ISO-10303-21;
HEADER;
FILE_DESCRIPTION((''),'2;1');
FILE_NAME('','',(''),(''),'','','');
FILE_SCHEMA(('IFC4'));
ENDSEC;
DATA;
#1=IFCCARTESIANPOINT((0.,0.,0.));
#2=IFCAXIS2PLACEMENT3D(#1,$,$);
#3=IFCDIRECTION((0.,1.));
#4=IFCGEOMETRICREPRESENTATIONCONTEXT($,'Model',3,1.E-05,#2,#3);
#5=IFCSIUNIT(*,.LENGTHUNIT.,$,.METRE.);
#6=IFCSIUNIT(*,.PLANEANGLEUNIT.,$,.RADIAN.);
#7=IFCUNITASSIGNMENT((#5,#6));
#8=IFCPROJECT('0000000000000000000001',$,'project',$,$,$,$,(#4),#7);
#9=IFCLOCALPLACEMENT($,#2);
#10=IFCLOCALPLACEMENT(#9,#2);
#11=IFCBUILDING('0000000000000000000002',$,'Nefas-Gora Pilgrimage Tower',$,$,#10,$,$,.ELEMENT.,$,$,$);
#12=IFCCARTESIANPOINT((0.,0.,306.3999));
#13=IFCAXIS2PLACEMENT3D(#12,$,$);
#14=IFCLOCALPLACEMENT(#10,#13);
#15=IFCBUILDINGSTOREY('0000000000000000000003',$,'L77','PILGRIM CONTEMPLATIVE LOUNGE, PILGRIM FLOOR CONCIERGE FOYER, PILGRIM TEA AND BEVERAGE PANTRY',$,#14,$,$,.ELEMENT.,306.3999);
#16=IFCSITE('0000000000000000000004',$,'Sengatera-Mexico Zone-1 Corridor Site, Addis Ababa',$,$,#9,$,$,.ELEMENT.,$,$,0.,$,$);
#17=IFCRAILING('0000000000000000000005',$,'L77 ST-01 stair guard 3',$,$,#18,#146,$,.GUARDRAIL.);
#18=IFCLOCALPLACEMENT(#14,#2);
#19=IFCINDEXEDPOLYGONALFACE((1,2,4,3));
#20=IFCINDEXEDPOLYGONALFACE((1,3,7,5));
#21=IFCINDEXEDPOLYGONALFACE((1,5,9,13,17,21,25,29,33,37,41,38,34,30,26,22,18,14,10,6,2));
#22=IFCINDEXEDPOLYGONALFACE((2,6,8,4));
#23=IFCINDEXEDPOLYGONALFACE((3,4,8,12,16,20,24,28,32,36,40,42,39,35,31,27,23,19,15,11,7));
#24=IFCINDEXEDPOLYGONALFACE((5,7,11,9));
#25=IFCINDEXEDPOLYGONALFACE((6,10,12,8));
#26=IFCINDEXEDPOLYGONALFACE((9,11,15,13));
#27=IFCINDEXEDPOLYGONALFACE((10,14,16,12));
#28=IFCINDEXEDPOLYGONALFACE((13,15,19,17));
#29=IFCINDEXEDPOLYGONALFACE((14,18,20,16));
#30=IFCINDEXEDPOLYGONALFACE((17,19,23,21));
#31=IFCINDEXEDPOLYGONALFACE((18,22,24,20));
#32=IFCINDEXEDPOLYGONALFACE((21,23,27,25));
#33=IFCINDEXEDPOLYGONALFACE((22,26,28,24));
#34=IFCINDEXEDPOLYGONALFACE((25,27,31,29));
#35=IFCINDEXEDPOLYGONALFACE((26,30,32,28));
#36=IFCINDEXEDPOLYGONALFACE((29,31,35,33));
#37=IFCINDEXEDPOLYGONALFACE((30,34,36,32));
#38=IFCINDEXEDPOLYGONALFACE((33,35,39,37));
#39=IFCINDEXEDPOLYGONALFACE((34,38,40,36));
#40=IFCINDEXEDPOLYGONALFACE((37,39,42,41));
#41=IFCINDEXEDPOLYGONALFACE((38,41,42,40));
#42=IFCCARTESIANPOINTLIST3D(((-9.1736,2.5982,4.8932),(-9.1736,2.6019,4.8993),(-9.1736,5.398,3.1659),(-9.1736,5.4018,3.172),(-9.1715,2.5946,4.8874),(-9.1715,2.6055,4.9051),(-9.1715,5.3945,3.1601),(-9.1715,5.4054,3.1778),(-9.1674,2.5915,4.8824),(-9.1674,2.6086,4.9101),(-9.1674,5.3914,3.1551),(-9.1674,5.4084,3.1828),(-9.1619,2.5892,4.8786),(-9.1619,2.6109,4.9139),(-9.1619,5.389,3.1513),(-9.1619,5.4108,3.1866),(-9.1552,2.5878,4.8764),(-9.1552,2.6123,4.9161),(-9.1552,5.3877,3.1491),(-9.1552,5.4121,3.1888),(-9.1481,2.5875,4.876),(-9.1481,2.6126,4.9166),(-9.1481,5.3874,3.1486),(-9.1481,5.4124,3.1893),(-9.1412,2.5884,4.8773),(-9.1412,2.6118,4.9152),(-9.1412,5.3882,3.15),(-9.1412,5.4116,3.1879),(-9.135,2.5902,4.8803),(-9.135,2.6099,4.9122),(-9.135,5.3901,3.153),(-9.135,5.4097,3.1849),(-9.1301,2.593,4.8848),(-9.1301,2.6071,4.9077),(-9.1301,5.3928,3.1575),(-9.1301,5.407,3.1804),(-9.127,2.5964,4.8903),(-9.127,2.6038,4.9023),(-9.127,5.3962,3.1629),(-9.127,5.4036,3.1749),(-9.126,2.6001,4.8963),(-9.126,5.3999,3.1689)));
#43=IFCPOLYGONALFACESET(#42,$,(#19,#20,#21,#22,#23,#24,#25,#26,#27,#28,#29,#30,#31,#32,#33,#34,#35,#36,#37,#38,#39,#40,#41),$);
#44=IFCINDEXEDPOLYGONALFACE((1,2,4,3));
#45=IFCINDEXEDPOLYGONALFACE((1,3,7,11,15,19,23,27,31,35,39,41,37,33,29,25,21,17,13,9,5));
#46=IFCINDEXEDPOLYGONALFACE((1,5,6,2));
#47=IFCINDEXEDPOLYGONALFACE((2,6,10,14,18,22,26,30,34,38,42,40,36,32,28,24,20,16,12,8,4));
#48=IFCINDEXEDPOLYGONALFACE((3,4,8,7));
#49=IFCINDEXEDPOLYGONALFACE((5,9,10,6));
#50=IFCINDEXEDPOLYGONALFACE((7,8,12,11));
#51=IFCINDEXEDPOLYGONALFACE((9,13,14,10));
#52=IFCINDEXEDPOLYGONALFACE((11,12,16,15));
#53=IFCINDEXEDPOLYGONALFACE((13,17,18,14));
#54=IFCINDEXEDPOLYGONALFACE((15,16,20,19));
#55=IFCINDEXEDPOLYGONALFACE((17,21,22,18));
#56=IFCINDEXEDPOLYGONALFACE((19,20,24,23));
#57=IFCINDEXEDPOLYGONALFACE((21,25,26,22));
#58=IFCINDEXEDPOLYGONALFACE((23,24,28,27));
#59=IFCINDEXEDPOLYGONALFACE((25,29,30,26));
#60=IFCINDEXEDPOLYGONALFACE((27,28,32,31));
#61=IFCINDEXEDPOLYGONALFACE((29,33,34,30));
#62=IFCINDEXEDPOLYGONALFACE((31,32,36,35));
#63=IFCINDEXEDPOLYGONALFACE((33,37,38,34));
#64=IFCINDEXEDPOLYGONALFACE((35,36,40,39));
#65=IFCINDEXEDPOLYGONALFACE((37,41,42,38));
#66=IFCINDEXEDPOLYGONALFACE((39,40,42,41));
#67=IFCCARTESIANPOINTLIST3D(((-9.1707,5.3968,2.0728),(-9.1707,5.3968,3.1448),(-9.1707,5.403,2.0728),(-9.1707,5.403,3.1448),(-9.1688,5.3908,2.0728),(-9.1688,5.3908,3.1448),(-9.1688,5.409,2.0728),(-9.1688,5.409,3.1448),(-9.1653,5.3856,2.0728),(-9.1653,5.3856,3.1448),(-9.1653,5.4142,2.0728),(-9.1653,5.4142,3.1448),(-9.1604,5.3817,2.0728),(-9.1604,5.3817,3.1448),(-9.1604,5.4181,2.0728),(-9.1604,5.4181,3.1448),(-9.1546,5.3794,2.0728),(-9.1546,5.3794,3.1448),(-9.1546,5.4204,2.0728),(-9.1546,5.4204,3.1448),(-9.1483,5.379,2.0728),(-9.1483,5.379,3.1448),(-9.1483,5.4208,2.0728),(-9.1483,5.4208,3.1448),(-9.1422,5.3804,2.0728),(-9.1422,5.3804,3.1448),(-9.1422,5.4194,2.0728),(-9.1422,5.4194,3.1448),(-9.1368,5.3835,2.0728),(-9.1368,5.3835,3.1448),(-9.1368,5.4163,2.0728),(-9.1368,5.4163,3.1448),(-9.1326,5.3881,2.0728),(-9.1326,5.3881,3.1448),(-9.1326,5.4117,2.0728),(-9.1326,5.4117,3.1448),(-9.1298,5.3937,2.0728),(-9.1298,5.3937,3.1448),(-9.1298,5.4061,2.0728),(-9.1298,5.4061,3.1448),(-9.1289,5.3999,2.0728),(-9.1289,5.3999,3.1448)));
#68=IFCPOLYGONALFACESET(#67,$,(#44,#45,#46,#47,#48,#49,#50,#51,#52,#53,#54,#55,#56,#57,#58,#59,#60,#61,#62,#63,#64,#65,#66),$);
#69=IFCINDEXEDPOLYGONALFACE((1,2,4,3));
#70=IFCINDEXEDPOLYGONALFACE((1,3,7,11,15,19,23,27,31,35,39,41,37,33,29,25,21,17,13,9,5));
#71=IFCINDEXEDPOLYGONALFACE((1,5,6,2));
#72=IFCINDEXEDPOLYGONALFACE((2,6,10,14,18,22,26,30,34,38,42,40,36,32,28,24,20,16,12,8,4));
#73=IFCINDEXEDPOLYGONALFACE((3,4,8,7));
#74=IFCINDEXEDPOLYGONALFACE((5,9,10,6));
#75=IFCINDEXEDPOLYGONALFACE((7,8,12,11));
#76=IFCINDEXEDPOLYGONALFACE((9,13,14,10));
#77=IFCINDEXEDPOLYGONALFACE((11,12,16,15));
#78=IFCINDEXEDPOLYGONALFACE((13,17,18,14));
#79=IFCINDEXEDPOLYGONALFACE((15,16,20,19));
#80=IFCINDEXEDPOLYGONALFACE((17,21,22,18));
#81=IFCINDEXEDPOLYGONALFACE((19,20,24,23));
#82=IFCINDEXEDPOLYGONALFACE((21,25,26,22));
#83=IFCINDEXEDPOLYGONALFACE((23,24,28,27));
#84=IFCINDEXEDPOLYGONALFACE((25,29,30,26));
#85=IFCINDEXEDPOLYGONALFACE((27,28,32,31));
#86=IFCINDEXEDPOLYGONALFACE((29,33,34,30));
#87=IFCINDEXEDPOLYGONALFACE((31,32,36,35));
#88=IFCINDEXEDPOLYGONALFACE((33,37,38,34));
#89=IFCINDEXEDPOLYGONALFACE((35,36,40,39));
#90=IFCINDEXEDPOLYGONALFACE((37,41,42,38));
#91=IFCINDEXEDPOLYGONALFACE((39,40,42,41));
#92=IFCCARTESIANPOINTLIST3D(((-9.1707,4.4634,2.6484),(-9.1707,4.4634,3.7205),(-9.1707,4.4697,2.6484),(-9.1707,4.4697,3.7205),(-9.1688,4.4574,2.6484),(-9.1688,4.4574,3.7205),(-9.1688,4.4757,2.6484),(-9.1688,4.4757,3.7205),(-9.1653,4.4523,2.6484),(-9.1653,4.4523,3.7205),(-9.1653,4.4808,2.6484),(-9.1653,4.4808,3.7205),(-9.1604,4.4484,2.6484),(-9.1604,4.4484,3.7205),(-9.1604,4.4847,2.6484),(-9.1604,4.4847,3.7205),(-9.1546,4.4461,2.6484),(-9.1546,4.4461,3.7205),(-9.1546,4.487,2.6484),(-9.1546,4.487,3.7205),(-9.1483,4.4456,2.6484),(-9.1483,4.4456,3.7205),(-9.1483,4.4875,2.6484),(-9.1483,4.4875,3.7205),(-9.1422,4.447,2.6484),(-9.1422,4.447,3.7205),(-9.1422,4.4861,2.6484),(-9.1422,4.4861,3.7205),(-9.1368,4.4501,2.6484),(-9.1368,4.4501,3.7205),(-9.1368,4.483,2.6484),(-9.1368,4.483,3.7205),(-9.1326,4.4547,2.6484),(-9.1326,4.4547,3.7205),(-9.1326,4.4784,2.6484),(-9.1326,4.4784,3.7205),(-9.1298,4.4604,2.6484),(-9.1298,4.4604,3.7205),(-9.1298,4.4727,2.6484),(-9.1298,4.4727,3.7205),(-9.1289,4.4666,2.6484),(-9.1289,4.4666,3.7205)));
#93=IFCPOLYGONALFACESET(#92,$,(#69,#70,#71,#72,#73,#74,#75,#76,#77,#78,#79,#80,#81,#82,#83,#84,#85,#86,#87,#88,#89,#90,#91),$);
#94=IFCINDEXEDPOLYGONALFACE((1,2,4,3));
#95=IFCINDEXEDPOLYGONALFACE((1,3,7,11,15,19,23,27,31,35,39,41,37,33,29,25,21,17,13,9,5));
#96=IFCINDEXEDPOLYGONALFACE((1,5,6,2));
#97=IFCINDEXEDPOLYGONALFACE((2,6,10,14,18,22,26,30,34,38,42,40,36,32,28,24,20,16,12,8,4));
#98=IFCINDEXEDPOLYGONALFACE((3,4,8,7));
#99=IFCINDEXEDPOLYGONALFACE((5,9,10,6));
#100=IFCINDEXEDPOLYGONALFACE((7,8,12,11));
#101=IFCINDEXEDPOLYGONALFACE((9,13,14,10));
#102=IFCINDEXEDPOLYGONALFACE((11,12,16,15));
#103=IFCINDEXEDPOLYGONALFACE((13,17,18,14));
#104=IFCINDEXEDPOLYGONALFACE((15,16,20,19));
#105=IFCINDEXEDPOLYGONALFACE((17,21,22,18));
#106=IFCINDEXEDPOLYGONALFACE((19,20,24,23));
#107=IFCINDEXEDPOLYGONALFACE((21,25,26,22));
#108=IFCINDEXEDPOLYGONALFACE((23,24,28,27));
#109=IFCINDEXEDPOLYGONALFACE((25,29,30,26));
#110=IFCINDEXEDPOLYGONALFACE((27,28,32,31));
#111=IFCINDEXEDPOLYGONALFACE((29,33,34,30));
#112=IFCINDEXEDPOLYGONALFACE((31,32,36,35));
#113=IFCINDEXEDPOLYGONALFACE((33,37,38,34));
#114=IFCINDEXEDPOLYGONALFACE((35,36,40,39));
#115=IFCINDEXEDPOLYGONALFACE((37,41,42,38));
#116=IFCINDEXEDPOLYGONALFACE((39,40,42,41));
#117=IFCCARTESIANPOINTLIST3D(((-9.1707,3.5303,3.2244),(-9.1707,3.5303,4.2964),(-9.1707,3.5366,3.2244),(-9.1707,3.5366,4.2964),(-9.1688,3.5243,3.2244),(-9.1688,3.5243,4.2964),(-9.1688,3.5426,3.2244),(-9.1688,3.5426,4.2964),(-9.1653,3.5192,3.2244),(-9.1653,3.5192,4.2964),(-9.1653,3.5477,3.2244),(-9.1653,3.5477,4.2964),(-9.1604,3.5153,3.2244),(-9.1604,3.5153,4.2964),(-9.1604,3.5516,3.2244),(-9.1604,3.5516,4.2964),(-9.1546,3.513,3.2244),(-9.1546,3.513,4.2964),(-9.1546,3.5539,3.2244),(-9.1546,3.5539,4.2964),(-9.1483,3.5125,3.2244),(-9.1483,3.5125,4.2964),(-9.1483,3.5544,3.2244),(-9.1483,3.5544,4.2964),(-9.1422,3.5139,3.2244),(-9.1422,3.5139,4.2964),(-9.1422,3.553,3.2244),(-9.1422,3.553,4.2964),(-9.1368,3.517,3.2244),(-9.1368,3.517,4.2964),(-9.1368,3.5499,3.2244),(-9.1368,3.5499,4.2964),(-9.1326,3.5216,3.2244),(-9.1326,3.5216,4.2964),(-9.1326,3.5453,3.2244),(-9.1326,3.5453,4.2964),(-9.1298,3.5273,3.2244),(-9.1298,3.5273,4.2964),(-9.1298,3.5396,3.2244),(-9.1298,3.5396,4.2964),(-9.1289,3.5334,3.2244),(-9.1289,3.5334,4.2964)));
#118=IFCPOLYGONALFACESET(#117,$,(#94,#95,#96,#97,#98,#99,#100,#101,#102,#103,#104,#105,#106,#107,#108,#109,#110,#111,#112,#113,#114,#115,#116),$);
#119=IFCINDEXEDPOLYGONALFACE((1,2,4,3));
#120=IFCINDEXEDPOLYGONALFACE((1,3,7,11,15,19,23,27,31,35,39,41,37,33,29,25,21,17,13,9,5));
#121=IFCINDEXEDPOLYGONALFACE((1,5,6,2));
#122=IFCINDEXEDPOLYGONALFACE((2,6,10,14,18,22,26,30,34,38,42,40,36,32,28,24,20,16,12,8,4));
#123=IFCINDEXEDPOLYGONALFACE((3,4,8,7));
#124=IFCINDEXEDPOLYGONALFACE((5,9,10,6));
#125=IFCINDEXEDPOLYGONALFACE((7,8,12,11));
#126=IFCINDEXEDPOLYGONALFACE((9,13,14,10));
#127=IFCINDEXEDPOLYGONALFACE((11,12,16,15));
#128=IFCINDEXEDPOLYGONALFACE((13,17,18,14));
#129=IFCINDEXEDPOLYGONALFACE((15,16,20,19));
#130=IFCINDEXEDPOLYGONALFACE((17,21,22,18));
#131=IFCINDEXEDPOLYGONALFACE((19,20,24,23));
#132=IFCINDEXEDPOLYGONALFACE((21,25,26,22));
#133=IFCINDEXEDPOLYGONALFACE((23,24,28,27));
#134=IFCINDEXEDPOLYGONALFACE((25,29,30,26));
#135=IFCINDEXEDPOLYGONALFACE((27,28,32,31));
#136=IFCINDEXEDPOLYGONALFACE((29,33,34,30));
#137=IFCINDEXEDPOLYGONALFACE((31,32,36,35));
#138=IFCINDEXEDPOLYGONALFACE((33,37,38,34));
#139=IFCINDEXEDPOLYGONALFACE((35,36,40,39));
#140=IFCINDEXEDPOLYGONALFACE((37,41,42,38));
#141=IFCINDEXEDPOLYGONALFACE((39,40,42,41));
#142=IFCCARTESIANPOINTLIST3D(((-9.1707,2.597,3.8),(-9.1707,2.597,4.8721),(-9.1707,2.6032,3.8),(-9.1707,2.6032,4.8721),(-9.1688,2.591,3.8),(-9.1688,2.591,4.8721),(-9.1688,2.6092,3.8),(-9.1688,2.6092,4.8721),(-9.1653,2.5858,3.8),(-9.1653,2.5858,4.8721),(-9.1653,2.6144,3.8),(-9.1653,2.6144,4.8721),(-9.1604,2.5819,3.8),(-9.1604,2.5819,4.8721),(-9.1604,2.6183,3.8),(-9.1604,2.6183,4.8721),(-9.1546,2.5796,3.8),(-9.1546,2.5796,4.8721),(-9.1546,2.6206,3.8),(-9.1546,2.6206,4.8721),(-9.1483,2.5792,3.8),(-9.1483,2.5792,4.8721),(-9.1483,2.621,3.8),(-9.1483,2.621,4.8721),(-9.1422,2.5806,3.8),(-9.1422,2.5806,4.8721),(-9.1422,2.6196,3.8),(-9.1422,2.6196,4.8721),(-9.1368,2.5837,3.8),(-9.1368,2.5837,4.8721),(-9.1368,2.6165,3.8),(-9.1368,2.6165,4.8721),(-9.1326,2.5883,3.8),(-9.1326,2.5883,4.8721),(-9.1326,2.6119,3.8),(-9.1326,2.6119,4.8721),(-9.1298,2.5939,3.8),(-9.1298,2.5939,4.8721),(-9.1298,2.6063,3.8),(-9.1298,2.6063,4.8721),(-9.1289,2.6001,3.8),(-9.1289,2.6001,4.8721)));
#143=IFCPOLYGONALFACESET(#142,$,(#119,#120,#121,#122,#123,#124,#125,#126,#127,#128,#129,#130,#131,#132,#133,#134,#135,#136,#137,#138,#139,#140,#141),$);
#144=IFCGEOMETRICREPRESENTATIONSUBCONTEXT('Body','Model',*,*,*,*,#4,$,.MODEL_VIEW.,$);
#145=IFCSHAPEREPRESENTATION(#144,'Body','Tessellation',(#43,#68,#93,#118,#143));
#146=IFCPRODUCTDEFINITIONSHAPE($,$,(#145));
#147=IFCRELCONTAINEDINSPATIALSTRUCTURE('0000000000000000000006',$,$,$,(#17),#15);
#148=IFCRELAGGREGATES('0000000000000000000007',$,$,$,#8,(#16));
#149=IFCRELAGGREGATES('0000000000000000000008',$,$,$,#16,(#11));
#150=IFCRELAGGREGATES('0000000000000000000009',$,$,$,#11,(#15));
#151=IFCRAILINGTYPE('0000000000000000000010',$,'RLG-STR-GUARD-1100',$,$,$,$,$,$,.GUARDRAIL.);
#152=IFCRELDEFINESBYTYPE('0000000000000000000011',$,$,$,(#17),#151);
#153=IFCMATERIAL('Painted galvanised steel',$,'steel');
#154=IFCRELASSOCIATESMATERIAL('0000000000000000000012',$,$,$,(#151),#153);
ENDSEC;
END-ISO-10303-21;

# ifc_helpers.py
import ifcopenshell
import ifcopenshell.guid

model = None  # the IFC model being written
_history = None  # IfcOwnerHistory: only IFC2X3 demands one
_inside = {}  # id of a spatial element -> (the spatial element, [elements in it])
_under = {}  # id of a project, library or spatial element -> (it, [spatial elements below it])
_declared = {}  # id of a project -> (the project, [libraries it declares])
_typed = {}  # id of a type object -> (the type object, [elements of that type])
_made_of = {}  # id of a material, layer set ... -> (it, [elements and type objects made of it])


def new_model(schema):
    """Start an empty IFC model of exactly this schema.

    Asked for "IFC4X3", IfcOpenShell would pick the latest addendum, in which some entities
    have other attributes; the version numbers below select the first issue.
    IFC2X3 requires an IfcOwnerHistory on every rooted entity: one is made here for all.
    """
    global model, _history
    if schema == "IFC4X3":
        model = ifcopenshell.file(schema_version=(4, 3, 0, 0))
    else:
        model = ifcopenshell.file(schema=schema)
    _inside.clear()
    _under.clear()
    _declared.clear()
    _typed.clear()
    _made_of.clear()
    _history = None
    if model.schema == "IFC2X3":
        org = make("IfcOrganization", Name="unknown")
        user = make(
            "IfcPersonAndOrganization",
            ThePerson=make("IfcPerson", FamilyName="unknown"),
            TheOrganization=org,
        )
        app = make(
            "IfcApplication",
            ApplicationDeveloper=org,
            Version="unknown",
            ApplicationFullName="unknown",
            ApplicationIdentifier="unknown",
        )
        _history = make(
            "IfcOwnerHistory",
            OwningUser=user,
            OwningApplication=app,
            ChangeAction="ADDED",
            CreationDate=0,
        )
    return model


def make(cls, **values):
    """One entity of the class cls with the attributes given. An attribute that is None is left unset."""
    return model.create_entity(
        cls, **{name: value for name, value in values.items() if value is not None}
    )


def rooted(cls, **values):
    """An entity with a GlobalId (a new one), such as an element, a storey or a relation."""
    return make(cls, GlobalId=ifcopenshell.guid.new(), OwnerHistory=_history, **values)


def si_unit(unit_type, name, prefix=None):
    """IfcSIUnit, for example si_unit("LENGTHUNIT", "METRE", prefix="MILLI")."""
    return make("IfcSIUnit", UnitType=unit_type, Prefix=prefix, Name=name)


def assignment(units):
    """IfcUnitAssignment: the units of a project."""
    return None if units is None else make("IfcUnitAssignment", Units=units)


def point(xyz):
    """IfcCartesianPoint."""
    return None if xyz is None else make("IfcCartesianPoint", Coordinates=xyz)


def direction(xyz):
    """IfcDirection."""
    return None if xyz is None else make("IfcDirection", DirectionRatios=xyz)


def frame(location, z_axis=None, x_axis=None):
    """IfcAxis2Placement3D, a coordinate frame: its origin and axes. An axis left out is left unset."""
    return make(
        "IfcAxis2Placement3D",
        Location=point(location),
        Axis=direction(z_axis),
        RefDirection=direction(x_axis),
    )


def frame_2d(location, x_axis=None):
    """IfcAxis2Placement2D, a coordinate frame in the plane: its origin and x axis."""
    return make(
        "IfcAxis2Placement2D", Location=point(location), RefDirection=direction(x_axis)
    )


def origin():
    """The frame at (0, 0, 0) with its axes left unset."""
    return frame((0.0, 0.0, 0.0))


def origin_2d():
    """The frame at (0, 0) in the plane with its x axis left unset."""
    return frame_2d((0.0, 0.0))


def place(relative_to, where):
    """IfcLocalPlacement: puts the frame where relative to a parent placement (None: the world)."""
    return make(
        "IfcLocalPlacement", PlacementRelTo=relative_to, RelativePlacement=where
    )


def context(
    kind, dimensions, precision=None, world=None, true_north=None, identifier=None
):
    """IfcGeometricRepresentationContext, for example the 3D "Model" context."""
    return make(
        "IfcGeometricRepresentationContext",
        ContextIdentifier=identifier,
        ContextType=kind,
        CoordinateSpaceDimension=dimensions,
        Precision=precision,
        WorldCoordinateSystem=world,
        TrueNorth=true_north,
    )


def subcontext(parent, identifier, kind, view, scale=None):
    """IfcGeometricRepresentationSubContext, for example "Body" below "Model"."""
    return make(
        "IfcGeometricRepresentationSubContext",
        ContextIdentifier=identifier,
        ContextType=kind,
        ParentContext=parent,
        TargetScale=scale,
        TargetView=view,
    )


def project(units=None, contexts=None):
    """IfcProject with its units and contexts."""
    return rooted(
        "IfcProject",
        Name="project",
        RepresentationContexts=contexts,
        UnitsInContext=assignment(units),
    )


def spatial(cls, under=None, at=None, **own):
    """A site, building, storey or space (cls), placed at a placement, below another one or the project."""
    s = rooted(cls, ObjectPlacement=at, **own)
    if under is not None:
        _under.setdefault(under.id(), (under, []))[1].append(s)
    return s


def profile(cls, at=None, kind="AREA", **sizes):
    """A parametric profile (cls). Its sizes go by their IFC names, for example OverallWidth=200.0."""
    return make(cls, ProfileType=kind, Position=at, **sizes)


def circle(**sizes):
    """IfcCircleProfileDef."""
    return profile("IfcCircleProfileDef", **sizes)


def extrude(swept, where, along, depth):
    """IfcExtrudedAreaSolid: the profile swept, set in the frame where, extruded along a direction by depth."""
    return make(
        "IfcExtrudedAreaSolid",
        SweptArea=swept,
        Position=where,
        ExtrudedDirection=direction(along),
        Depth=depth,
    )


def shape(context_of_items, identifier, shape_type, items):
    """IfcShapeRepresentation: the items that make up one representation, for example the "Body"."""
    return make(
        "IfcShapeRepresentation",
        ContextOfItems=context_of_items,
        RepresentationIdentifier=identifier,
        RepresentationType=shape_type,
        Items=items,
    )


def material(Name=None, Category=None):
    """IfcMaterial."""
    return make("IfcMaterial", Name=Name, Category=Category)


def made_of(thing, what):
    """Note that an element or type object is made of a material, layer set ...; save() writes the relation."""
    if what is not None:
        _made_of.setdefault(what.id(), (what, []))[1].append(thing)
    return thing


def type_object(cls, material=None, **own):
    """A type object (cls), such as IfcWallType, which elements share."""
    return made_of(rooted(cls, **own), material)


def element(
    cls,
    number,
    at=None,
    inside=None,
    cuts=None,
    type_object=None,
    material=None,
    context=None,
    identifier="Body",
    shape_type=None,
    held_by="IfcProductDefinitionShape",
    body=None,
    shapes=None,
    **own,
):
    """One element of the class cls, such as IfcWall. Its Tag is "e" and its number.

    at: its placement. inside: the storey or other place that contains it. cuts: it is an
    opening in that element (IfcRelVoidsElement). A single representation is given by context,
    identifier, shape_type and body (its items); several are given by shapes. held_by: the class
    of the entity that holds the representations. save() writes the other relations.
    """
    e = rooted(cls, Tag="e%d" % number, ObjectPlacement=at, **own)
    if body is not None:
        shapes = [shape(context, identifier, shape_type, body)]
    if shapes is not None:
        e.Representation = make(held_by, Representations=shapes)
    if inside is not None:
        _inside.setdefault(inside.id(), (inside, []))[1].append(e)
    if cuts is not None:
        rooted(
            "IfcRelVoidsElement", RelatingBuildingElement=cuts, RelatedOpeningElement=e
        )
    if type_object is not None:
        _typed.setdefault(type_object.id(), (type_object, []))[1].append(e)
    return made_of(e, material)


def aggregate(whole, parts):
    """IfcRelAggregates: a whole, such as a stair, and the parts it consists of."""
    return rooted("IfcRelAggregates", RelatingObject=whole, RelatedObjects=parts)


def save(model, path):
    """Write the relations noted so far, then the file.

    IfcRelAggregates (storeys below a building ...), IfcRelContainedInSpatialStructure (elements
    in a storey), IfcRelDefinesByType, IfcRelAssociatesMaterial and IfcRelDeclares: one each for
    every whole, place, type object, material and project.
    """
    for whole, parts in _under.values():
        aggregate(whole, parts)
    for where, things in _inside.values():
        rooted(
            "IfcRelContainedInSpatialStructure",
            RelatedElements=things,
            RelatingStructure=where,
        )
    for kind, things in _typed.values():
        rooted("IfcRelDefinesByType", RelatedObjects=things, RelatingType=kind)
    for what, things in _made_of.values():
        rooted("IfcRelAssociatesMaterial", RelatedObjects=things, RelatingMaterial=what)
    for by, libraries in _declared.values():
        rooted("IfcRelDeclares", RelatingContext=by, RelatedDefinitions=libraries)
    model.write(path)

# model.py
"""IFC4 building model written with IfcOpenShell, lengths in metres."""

from ifc_helpers import new_model, si_unit, direction, frame, origin, origin_2d, place, context, subcontext, project, spatial, circle, extrude, material, type_object, element, save


model = new_model("IFC4")

# Units and contexts
model_context = context("Model", 3, precision=1e-05, world=origin(), true_north=direction((0.0, 1.0)))
body_context = subcontext(model_context, "Body", "Model", "MODEL_VIEW")
ifc_project = project(units=[si_unit("LENGTHUNIT", "METRE"), si_unit("PLANEANGLEUNIT", "RADIAN")], contexts=[model_context])

# Site, building, storey
site_placement = place(None, origin())
site = spatial("IfcSite", under=ifc_project, at=site_placement, Name="Sengatera-Mexico Zone-1 Corridor Site, Addis Ababa", CompositionType="ELEMENT", RefElevation=0.0)
building_placement = place(site_placement, origin())
building = spatial("IfcBuilding", under=site, at=building_placement, Name="Nefas-Gora Pilgrimage Tower", CompositionType="ELEMENT")
storey_placement = place(building_placement, frame((0.0, 0.0, 306.3999)))
storey = spatial("IfcBuildingStorey", under=building, at=storey_placement, Name="L77", Description="PILGRIM CONTEMPLATIVE LOUNGE, PILGRIM FLOOR CONCIERGE FOYER, PILGRIM TEA AND BEVERAGE PANTRY", CompositionType="ELEMENT", Elevation=306.3999)

# Railing
ifc_material_1 = material(Name="Painted galvanised steel", Category="steel")
railing_type_1 = type_object("IfcRailingType", Name="RLG-STR-GUARD-1100", PredefinedType="GUARDRAIL", material=ifc_material_1)
railing_1_placement = place(storey_placement, frame((-9.1499, 5.3999, 2.0728)))
element("IfcRailing", 1, at=railing_1_placement, inside=storey, type_object=railing_type_1, Name="L77 ST-01 stair guard 3", PredefinedType="GUARDRAIL", context=body_context, shape_type="SweptSolid", body=[
    extrude(circle(Radius=0.0239, at=origin_2d()), frame((0.0, 0.0, 1.0962), z_axis=(0.0, -0.851069, 0.525054), x_axis=(1.0, 0.0, 0.0)), (0.0, 0.0, 1.0), 3.2898),
    extrude(circle(Radius=0.021, at=origin_2d()), origin(), (0.0, 0.0, 1.0), 1.072),
    extrude(circle(Radius=0.021, at=origin_2d()), frame((0.0, -0.9333, 0.5757)), (0.0, 0.0, 1.0), 1.072),
    extrude(circle(Radius=0.021, at=origin_2d()), frame((0.0, -1.8665, 1.1516)), (0.0, 0.0, 1.0), 1.072),
    extrude(circle(Radius=0.021, at=origin_2d()), frame((0.0, -2.7998, 1.7273)), (0.0, 0.0, 1.0), 1.072),
])

save(model, "model.ifc")
